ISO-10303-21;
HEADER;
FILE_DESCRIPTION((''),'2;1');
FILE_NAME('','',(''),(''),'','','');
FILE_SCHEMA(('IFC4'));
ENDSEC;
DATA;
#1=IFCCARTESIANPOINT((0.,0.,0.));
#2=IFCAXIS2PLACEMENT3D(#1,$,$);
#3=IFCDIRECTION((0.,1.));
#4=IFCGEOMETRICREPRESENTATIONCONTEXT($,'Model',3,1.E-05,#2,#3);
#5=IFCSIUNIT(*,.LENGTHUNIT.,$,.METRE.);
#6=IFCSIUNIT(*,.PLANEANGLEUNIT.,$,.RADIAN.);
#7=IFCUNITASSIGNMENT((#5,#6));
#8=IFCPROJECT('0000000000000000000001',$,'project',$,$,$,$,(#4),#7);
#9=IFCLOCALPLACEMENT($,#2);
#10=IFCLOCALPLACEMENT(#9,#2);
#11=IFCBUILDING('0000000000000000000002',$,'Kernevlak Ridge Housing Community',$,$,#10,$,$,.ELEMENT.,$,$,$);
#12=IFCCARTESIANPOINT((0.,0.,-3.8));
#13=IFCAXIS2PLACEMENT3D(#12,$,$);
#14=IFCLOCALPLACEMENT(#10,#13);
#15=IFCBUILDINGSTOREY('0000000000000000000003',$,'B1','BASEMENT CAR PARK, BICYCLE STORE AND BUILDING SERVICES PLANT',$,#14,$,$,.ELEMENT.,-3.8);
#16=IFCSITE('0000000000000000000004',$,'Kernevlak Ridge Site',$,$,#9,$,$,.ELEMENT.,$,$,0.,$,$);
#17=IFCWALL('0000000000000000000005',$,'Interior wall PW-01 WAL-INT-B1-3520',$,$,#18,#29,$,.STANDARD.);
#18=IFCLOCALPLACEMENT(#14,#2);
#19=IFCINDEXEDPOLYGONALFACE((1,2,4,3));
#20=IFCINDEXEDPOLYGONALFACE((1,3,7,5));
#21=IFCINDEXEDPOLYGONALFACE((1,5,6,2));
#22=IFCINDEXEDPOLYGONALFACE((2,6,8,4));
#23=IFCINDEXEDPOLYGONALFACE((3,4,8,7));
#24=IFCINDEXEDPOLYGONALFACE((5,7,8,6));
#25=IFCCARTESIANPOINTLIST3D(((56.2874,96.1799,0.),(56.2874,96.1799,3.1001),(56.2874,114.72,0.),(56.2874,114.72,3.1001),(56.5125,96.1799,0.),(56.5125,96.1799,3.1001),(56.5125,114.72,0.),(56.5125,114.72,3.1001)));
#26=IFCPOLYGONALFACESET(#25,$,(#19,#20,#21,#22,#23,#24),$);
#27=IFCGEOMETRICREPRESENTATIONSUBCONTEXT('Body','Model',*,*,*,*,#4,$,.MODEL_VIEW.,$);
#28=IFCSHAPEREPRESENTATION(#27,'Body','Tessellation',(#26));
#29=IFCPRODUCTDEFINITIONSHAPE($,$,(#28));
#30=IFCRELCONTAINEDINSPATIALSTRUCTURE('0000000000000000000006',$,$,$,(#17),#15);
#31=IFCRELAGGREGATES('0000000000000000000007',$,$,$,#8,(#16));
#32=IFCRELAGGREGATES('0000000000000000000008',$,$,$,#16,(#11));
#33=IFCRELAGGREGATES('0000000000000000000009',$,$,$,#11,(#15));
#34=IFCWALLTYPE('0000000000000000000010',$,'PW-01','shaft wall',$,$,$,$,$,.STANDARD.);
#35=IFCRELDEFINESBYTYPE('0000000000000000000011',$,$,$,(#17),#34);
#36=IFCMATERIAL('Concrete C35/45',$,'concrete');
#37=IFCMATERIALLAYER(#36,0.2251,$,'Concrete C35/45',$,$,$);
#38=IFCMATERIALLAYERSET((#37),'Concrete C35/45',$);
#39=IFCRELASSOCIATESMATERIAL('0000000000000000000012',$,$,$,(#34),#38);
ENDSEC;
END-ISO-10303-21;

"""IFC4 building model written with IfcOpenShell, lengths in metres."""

from ifc_helpers import new_model, si_unit, direction, frame, frame_2d, origin, place, context, subcontext, project, spatial, rectangle, extrude, material, layer, layer_set, type_object, element, save


model = new_model("IFC4")

# Units and contexts
model_context = context("Model", 3, precision=1e-05, world=origin(), true_north=direction((0.0, 1.0)))
body_context = subcontext(model_context, "Body", "Model", "MODEL_VIEW")
ifc_project = project(units=[si_unit("LENGTHUNIT", "METRE"), si_unit("PLANEANGLEUNIT", "RADIAN")], contexts=[model_context])

# Site, building, storey
site_placement = place(None, origin())
site = spatial("IfcSite", under=ifc_project, at=site_placement, Name="Kernevlak Ridge Site", CompositionType="ELEMENT", RefElevation=0.0)
building_placement = place(site_placement, origin())
building = spatial("IfcBuilding", under=site, at=building_placement, Name="Kernevlak Ridge Housing Community", CompositionType="ELEMENT")
storey_placement = place(building_placement, frame((0.0, 0.0, -3.8)))
storey = spatial("IfcBuildingStorey", under=building, at=storey_placement, Name="B1", Description="BASEMENT CAR PARK, BICYCLE STORE AND BUILDING SERVICES PLANT", CompositionType="ELEMENT", Elevation=-3.8)

# Shared definitions
ifc_material_1 = material(Name="Concrete C35/45", Category="concrete")

# Wall
ifc_layer = layer(ifc_material_1, 0.2251, Name="Concrete C35/45")
ifc_layer_set = layer_set([ifc_layer], Name="Concrete C35/45")
wall_type = type_object("IfcWallType", Name="PW-01", Description="shaft wall", PredefinedType="STANDARD", material=ifc_layer_set)
wall_placement = place(storey_placement, frame((56.3999, 96.1799, 0.0), z_axis=(0.0, 0.0, 1.0), x_axis=(0.0, 1.0, 0.0)))
element("IfcWall", 1, at=wall_placement, inside=storey, type_object=wall_type, Name="Interior wall PW-01 WAL-INT-B1-3520", PredefinedType="STANDARD", context=body_context, shape_type="SweptSolid", body=[
    extrude(rectangle(XDim=18.54, YDim=0.2251, at=frame_2d((9.27, 0.0))), origin(), (0.0, 0.0, 1.0), 3.1001),
])

save(model, "model.ifc")
